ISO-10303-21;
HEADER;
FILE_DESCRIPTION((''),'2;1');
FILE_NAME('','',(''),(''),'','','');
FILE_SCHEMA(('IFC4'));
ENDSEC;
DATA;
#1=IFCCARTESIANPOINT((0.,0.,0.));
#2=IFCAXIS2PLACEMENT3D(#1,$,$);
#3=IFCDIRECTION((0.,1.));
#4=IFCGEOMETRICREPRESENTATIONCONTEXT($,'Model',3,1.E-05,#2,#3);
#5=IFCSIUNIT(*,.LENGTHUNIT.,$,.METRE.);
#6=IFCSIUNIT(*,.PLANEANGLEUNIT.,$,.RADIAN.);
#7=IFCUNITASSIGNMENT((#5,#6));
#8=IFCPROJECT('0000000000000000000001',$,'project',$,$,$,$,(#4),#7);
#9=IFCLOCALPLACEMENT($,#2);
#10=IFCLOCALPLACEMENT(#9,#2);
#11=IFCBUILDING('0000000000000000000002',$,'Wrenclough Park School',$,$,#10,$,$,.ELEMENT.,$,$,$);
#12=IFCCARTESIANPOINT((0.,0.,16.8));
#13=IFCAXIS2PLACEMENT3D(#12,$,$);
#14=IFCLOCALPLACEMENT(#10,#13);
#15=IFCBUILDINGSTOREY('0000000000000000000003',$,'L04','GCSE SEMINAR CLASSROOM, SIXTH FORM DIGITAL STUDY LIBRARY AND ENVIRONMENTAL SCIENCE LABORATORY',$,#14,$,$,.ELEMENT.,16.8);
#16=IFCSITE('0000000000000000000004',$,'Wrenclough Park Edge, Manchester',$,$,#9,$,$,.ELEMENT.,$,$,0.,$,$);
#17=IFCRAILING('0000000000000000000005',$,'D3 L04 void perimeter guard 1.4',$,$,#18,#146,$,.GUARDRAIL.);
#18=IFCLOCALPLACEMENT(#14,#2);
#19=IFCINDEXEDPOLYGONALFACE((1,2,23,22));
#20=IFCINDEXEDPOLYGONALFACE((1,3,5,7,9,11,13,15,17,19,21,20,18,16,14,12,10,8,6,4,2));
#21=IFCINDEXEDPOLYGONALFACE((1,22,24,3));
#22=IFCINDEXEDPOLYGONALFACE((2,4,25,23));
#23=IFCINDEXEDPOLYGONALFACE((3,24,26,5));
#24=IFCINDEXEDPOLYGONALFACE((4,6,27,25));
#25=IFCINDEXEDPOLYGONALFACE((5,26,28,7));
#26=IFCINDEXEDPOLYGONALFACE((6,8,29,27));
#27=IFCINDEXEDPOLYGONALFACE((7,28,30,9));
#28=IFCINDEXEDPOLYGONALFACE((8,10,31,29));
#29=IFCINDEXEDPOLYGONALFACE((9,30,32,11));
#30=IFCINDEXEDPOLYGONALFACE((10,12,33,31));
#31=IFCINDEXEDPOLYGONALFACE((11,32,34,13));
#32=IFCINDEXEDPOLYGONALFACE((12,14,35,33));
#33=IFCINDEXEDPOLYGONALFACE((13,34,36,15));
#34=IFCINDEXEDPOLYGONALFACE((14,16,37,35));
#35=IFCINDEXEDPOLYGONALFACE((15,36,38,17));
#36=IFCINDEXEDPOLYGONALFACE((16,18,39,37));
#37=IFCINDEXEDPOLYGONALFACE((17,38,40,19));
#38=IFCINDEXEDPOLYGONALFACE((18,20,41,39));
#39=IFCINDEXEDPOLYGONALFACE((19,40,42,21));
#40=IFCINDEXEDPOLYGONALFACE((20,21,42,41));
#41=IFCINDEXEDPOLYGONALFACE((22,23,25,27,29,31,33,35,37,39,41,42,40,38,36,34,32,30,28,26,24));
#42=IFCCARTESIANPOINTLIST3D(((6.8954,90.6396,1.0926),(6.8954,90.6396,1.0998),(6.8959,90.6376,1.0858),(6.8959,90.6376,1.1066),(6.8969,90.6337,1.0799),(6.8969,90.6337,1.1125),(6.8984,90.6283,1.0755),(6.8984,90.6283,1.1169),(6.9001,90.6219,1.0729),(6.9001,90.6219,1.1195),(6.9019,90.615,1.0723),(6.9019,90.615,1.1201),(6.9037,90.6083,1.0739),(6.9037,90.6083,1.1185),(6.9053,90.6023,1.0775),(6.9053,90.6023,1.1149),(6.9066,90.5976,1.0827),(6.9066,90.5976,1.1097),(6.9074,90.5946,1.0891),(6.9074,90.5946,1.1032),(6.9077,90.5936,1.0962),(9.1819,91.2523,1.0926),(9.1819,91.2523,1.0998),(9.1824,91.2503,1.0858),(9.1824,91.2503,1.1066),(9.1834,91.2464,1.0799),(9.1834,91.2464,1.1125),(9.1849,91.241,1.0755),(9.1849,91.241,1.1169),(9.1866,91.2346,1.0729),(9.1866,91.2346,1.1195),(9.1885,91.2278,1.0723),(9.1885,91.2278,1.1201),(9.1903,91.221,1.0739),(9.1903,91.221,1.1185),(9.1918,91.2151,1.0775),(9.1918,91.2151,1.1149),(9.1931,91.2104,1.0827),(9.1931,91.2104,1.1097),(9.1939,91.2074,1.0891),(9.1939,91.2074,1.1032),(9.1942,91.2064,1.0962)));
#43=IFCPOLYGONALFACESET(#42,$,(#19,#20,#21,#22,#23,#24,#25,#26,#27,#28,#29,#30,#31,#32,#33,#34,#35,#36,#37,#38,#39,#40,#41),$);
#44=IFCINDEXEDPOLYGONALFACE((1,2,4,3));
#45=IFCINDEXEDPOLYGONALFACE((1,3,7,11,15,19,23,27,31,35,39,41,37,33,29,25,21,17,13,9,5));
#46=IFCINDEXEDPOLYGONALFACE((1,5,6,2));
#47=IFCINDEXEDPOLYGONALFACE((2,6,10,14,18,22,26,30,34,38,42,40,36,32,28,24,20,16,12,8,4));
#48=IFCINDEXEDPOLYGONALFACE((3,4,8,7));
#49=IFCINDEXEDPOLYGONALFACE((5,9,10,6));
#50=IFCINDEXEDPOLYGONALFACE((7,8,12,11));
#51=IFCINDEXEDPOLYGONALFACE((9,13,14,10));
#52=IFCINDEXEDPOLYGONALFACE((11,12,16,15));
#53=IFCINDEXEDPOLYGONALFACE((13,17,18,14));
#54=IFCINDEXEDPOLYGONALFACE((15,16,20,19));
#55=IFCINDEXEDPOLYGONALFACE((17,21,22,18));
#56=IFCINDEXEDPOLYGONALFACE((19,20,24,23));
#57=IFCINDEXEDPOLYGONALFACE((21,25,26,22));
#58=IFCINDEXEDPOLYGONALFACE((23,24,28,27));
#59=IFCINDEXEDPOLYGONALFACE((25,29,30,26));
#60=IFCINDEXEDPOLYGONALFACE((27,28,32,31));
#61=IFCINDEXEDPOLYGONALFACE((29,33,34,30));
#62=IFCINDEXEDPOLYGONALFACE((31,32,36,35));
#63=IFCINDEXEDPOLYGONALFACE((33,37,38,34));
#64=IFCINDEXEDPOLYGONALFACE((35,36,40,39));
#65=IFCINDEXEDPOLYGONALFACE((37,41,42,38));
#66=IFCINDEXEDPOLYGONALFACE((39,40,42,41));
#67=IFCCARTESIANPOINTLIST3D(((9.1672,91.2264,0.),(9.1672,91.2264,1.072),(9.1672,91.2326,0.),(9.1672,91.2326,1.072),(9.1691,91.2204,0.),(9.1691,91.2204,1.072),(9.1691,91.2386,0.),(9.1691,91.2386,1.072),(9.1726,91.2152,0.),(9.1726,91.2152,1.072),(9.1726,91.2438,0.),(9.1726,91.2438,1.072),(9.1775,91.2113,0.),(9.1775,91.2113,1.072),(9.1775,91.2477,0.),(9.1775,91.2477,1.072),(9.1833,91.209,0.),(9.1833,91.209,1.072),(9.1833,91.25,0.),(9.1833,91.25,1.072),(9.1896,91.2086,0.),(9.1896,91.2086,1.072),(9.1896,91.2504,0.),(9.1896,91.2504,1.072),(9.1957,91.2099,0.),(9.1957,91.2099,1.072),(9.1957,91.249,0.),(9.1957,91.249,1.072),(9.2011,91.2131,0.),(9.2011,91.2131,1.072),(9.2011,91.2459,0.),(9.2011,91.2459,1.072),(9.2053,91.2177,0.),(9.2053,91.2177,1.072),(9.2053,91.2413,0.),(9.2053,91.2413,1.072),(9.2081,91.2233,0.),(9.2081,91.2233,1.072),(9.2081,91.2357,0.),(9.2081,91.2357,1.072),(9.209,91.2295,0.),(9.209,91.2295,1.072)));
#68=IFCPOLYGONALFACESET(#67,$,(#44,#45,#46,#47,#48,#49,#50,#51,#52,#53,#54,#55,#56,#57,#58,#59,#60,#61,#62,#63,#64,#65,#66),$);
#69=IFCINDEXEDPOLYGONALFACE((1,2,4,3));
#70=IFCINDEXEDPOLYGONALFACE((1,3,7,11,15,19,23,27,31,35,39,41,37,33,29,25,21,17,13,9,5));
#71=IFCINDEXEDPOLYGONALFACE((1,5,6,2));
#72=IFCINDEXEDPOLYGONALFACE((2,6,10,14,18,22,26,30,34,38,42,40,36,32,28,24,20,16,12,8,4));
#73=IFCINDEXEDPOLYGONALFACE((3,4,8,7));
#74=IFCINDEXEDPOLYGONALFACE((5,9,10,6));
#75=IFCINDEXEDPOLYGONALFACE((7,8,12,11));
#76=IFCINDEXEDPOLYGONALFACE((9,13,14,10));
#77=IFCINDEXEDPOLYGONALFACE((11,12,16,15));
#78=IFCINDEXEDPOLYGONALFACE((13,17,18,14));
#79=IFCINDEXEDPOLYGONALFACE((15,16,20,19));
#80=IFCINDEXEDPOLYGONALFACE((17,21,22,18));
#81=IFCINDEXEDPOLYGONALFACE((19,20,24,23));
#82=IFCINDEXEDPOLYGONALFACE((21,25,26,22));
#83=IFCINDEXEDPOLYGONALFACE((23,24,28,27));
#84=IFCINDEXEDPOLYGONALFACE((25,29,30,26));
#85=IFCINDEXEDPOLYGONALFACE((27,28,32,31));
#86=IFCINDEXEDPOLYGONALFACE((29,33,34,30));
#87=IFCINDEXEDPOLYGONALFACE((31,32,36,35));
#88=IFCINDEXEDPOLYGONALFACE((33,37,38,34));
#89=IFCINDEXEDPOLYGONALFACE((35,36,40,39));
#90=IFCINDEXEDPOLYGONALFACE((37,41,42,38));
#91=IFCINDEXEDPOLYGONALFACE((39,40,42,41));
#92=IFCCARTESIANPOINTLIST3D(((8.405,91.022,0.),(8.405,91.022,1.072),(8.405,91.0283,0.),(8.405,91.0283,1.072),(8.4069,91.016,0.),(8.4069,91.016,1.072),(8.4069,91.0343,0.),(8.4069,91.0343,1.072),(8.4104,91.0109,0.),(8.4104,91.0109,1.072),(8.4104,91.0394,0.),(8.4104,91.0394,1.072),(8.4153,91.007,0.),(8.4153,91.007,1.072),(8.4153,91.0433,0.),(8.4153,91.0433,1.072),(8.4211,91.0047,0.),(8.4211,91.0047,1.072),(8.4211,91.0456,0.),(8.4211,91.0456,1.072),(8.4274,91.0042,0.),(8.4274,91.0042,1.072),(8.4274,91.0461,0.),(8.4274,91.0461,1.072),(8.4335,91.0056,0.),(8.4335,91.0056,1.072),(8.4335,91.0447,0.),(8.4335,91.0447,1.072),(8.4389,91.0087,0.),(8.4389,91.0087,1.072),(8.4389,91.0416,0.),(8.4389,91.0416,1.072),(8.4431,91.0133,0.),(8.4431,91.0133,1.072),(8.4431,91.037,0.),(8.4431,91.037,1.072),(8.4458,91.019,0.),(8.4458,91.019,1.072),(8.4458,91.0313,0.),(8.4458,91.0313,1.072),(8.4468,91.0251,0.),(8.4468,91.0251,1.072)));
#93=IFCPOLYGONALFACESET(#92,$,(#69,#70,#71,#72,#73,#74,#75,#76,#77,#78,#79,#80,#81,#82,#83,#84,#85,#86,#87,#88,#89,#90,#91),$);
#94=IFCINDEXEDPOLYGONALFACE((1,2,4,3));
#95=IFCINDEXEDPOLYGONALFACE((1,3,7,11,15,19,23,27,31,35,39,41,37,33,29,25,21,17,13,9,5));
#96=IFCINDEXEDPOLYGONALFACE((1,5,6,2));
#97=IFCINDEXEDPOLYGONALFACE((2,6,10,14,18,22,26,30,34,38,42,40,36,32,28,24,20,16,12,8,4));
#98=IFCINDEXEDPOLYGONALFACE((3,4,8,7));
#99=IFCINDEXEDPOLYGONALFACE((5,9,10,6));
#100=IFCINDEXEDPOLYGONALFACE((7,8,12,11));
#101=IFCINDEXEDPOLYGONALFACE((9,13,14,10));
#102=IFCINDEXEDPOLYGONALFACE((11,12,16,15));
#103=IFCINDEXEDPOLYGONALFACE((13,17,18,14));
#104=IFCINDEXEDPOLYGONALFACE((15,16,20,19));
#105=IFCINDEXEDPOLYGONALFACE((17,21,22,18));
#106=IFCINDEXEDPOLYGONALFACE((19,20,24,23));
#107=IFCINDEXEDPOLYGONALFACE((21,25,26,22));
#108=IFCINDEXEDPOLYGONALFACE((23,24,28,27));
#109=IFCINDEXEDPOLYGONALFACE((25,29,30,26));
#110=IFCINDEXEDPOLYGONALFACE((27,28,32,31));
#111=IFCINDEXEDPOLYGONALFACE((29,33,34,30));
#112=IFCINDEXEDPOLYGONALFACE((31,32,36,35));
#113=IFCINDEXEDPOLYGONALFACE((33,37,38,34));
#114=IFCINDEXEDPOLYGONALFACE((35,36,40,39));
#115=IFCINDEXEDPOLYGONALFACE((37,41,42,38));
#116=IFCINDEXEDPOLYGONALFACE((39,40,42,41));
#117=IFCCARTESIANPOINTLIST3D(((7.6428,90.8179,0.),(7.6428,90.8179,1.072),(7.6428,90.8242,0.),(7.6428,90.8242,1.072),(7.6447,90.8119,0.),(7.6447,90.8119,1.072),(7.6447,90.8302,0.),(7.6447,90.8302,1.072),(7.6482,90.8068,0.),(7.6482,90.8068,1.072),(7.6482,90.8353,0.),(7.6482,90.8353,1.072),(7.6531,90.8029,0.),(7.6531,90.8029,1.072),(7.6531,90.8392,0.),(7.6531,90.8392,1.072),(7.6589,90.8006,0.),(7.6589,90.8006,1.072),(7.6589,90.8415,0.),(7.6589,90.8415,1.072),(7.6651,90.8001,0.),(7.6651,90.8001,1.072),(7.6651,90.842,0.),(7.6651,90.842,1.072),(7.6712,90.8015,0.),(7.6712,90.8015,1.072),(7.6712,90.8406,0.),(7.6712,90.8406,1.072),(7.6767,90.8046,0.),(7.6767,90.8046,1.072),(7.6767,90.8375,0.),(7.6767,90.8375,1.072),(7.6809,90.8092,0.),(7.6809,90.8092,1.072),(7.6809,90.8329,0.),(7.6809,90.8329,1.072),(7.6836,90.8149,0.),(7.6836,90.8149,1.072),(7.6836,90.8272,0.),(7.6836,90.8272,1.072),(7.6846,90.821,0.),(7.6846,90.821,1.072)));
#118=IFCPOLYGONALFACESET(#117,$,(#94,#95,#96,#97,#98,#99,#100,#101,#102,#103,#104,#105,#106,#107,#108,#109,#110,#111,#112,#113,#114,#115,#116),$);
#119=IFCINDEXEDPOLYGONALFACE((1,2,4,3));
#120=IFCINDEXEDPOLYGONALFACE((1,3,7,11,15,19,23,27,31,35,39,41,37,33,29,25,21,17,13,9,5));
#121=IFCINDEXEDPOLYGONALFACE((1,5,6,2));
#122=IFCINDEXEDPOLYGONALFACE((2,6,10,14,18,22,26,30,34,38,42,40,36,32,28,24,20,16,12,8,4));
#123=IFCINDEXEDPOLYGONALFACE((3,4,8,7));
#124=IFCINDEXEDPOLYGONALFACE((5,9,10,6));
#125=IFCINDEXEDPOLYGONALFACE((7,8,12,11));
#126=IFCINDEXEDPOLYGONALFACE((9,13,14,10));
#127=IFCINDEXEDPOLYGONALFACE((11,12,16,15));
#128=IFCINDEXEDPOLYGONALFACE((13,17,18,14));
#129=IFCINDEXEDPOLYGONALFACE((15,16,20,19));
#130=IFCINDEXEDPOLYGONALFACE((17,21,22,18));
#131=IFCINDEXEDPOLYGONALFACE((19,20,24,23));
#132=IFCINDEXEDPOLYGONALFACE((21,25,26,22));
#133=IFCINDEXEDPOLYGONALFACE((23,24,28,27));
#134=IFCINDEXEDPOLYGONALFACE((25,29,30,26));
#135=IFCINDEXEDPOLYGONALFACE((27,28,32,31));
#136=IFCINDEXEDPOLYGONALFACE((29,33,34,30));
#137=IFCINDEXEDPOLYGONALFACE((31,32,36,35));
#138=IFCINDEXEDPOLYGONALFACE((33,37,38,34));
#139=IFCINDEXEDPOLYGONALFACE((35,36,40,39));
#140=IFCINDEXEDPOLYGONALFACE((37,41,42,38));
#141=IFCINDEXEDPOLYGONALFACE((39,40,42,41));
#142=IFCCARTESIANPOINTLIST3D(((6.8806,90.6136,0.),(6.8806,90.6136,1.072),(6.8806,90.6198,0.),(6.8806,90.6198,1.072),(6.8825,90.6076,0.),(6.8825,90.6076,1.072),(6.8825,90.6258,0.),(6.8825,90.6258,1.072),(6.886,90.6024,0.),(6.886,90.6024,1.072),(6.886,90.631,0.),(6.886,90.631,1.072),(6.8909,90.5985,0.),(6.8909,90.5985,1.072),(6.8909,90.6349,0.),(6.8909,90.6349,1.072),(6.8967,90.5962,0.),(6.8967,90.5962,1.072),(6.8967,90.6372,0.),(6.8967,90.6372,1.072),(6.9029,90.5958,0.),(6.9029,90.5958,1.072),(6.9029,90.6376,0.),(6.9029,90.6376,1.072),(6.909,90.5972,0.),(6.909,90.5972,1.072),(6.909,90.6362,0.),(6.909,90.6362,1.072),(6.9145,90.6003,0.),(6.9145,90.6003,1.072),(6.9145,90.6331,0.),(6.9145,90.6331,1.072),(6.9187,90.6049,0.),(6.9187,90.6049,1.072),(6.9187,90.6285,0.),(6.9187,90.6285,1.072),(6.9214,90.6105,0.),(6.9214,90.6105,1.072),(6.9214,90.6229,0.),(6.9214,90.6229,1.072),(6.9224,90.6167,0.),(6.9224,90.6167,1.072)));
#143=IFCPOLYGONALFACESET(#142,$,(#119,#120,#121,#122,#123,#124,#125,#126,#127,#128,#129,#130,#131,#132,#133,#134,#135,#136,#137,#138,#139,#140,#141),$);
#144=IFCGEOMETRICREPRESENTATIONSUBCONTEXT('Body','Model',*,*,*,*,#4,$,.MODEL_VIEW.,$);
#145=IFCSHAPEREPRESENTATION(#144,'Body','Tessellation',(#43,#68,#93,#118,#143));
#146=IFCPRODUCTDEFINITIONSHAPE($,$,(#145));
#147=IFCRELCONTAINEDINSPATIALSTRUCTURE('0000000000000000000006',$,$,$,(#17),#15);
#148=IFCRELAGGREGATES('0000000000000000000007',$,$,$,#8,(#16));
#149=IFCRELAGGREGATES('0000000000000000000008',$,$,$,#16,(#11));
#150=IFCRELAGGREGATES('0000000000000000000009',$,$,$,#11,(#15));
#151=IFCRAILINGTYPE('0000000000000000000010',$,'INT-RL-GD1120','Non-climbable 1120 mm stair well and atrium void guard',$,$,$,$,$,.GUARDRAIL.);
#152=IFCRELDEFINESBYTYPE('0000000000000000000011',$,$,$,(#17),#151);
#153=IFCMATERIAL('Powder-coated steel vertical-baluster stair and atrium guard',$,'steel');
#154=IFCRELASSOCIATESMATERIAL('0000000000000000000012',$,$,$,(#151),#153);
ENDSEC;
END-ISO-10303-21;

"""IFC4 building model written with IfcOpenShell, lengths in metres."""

from ifc_helpers import new_model, si_unit, direction, frame, origin, origin_2d, place, context, subcontext, project, spatial, circle, extrude, material, type_object, element, save


model = new_model("IFC4")

# Units and contexts
model_context = context("Model", 3, precision=1e-05, world=origin(), true_north=direction((0.0, 1.0)))
body_context = subcontext(model_context, "Body", "Model", "MODEL_VIEW")
ifc_project = project(units=[si_unit("LENGTHUNIT", "METRE"), si_unit("PLANEANGLEUNIT", "RADIAN")], contexts=[model_context])

# Site, building, storey
site_placement = place(None, origin())
site = spatial("IfcSite", under=ifc_project, at=site_placement, Name="Wrenclough Park Edge, Manchester", CompositionType="ELEMENT", RefElevation=0.0)
building_placement = place(site_placement, origin())
building = spatial("IfcBuilding", under=site, at=building_placement, Name="Wrenclough Park School", CompositionType="ELEMENT")
storey_placement = place(building_placement, frame((0.0, 0.0, 16.8)))
storey = spatial("IfcBuildingStorey", under=building, at=storey_placement, Name="L04", Description="GCSE SEMINAR CLASSROOM, SIXTH FORM DIGITAL STUDY LIBRARY AND ENVIRONMENTAL SCIENCE LABORATORY", CompositionType="ELEMENT", Elevation=16.8)

# Railing
ifc_material_1 = material(Name="Powder-coated steel vertical-baluster stair and atrium guard", Category="steel")
railing_type = type_object("IfcRailingType", Name="INT-RL-GD1120", Description="Non-climbable 1120 mm stair well and atrium void guard", PredefinedType="GUARDRAIL", material=ifc_material_1)
railing_1_placement = place(storey_placement, frame((9.188, 91.2295, 0.0)))
element("IfcRailing", 1, at=railing_1_placement, inside=storey, type_object=railing_type, Name="D3 L04 void perimeter guard 1.4", PredefinedType="GUARDRAIL", context=body_context, shape_type="SweptSolid", body=[
    extrude(circle(Radius=0.0239, at=origin_2d()), frame((0.0, 0.0, 1.0962), z_axis=(-0.965916, -0.258856, 0.0), x_axis=(0.258856, -0.965916, 0.0)), (0.0, 0.0, 1.0), 2.3672),
    extrude(circle(Radius=0.021, at=origin_2d()), origin(), (0.0, 0.0, 1.0), 1.072),
    extrude(circle(Radius=0.021, at=origin_2d()), frame((-0.7622, -0.2043, 0.0)), (0.0, 0.0, 1.0), 1.072),
    extrude(circle(Radius=0.021, at=origin_2d()), frame((-1.5244, -0.4084, 0.0)), (0.0, 0.0, 1.0), 1.072),
    extrude(circle(Radius=0.021, at=origin_2d()), frame((-2.2866, -0.6128, 0.0)), (0.0, 0.0, 1.0), 1.072),
])

save(model, "model.ifc")
